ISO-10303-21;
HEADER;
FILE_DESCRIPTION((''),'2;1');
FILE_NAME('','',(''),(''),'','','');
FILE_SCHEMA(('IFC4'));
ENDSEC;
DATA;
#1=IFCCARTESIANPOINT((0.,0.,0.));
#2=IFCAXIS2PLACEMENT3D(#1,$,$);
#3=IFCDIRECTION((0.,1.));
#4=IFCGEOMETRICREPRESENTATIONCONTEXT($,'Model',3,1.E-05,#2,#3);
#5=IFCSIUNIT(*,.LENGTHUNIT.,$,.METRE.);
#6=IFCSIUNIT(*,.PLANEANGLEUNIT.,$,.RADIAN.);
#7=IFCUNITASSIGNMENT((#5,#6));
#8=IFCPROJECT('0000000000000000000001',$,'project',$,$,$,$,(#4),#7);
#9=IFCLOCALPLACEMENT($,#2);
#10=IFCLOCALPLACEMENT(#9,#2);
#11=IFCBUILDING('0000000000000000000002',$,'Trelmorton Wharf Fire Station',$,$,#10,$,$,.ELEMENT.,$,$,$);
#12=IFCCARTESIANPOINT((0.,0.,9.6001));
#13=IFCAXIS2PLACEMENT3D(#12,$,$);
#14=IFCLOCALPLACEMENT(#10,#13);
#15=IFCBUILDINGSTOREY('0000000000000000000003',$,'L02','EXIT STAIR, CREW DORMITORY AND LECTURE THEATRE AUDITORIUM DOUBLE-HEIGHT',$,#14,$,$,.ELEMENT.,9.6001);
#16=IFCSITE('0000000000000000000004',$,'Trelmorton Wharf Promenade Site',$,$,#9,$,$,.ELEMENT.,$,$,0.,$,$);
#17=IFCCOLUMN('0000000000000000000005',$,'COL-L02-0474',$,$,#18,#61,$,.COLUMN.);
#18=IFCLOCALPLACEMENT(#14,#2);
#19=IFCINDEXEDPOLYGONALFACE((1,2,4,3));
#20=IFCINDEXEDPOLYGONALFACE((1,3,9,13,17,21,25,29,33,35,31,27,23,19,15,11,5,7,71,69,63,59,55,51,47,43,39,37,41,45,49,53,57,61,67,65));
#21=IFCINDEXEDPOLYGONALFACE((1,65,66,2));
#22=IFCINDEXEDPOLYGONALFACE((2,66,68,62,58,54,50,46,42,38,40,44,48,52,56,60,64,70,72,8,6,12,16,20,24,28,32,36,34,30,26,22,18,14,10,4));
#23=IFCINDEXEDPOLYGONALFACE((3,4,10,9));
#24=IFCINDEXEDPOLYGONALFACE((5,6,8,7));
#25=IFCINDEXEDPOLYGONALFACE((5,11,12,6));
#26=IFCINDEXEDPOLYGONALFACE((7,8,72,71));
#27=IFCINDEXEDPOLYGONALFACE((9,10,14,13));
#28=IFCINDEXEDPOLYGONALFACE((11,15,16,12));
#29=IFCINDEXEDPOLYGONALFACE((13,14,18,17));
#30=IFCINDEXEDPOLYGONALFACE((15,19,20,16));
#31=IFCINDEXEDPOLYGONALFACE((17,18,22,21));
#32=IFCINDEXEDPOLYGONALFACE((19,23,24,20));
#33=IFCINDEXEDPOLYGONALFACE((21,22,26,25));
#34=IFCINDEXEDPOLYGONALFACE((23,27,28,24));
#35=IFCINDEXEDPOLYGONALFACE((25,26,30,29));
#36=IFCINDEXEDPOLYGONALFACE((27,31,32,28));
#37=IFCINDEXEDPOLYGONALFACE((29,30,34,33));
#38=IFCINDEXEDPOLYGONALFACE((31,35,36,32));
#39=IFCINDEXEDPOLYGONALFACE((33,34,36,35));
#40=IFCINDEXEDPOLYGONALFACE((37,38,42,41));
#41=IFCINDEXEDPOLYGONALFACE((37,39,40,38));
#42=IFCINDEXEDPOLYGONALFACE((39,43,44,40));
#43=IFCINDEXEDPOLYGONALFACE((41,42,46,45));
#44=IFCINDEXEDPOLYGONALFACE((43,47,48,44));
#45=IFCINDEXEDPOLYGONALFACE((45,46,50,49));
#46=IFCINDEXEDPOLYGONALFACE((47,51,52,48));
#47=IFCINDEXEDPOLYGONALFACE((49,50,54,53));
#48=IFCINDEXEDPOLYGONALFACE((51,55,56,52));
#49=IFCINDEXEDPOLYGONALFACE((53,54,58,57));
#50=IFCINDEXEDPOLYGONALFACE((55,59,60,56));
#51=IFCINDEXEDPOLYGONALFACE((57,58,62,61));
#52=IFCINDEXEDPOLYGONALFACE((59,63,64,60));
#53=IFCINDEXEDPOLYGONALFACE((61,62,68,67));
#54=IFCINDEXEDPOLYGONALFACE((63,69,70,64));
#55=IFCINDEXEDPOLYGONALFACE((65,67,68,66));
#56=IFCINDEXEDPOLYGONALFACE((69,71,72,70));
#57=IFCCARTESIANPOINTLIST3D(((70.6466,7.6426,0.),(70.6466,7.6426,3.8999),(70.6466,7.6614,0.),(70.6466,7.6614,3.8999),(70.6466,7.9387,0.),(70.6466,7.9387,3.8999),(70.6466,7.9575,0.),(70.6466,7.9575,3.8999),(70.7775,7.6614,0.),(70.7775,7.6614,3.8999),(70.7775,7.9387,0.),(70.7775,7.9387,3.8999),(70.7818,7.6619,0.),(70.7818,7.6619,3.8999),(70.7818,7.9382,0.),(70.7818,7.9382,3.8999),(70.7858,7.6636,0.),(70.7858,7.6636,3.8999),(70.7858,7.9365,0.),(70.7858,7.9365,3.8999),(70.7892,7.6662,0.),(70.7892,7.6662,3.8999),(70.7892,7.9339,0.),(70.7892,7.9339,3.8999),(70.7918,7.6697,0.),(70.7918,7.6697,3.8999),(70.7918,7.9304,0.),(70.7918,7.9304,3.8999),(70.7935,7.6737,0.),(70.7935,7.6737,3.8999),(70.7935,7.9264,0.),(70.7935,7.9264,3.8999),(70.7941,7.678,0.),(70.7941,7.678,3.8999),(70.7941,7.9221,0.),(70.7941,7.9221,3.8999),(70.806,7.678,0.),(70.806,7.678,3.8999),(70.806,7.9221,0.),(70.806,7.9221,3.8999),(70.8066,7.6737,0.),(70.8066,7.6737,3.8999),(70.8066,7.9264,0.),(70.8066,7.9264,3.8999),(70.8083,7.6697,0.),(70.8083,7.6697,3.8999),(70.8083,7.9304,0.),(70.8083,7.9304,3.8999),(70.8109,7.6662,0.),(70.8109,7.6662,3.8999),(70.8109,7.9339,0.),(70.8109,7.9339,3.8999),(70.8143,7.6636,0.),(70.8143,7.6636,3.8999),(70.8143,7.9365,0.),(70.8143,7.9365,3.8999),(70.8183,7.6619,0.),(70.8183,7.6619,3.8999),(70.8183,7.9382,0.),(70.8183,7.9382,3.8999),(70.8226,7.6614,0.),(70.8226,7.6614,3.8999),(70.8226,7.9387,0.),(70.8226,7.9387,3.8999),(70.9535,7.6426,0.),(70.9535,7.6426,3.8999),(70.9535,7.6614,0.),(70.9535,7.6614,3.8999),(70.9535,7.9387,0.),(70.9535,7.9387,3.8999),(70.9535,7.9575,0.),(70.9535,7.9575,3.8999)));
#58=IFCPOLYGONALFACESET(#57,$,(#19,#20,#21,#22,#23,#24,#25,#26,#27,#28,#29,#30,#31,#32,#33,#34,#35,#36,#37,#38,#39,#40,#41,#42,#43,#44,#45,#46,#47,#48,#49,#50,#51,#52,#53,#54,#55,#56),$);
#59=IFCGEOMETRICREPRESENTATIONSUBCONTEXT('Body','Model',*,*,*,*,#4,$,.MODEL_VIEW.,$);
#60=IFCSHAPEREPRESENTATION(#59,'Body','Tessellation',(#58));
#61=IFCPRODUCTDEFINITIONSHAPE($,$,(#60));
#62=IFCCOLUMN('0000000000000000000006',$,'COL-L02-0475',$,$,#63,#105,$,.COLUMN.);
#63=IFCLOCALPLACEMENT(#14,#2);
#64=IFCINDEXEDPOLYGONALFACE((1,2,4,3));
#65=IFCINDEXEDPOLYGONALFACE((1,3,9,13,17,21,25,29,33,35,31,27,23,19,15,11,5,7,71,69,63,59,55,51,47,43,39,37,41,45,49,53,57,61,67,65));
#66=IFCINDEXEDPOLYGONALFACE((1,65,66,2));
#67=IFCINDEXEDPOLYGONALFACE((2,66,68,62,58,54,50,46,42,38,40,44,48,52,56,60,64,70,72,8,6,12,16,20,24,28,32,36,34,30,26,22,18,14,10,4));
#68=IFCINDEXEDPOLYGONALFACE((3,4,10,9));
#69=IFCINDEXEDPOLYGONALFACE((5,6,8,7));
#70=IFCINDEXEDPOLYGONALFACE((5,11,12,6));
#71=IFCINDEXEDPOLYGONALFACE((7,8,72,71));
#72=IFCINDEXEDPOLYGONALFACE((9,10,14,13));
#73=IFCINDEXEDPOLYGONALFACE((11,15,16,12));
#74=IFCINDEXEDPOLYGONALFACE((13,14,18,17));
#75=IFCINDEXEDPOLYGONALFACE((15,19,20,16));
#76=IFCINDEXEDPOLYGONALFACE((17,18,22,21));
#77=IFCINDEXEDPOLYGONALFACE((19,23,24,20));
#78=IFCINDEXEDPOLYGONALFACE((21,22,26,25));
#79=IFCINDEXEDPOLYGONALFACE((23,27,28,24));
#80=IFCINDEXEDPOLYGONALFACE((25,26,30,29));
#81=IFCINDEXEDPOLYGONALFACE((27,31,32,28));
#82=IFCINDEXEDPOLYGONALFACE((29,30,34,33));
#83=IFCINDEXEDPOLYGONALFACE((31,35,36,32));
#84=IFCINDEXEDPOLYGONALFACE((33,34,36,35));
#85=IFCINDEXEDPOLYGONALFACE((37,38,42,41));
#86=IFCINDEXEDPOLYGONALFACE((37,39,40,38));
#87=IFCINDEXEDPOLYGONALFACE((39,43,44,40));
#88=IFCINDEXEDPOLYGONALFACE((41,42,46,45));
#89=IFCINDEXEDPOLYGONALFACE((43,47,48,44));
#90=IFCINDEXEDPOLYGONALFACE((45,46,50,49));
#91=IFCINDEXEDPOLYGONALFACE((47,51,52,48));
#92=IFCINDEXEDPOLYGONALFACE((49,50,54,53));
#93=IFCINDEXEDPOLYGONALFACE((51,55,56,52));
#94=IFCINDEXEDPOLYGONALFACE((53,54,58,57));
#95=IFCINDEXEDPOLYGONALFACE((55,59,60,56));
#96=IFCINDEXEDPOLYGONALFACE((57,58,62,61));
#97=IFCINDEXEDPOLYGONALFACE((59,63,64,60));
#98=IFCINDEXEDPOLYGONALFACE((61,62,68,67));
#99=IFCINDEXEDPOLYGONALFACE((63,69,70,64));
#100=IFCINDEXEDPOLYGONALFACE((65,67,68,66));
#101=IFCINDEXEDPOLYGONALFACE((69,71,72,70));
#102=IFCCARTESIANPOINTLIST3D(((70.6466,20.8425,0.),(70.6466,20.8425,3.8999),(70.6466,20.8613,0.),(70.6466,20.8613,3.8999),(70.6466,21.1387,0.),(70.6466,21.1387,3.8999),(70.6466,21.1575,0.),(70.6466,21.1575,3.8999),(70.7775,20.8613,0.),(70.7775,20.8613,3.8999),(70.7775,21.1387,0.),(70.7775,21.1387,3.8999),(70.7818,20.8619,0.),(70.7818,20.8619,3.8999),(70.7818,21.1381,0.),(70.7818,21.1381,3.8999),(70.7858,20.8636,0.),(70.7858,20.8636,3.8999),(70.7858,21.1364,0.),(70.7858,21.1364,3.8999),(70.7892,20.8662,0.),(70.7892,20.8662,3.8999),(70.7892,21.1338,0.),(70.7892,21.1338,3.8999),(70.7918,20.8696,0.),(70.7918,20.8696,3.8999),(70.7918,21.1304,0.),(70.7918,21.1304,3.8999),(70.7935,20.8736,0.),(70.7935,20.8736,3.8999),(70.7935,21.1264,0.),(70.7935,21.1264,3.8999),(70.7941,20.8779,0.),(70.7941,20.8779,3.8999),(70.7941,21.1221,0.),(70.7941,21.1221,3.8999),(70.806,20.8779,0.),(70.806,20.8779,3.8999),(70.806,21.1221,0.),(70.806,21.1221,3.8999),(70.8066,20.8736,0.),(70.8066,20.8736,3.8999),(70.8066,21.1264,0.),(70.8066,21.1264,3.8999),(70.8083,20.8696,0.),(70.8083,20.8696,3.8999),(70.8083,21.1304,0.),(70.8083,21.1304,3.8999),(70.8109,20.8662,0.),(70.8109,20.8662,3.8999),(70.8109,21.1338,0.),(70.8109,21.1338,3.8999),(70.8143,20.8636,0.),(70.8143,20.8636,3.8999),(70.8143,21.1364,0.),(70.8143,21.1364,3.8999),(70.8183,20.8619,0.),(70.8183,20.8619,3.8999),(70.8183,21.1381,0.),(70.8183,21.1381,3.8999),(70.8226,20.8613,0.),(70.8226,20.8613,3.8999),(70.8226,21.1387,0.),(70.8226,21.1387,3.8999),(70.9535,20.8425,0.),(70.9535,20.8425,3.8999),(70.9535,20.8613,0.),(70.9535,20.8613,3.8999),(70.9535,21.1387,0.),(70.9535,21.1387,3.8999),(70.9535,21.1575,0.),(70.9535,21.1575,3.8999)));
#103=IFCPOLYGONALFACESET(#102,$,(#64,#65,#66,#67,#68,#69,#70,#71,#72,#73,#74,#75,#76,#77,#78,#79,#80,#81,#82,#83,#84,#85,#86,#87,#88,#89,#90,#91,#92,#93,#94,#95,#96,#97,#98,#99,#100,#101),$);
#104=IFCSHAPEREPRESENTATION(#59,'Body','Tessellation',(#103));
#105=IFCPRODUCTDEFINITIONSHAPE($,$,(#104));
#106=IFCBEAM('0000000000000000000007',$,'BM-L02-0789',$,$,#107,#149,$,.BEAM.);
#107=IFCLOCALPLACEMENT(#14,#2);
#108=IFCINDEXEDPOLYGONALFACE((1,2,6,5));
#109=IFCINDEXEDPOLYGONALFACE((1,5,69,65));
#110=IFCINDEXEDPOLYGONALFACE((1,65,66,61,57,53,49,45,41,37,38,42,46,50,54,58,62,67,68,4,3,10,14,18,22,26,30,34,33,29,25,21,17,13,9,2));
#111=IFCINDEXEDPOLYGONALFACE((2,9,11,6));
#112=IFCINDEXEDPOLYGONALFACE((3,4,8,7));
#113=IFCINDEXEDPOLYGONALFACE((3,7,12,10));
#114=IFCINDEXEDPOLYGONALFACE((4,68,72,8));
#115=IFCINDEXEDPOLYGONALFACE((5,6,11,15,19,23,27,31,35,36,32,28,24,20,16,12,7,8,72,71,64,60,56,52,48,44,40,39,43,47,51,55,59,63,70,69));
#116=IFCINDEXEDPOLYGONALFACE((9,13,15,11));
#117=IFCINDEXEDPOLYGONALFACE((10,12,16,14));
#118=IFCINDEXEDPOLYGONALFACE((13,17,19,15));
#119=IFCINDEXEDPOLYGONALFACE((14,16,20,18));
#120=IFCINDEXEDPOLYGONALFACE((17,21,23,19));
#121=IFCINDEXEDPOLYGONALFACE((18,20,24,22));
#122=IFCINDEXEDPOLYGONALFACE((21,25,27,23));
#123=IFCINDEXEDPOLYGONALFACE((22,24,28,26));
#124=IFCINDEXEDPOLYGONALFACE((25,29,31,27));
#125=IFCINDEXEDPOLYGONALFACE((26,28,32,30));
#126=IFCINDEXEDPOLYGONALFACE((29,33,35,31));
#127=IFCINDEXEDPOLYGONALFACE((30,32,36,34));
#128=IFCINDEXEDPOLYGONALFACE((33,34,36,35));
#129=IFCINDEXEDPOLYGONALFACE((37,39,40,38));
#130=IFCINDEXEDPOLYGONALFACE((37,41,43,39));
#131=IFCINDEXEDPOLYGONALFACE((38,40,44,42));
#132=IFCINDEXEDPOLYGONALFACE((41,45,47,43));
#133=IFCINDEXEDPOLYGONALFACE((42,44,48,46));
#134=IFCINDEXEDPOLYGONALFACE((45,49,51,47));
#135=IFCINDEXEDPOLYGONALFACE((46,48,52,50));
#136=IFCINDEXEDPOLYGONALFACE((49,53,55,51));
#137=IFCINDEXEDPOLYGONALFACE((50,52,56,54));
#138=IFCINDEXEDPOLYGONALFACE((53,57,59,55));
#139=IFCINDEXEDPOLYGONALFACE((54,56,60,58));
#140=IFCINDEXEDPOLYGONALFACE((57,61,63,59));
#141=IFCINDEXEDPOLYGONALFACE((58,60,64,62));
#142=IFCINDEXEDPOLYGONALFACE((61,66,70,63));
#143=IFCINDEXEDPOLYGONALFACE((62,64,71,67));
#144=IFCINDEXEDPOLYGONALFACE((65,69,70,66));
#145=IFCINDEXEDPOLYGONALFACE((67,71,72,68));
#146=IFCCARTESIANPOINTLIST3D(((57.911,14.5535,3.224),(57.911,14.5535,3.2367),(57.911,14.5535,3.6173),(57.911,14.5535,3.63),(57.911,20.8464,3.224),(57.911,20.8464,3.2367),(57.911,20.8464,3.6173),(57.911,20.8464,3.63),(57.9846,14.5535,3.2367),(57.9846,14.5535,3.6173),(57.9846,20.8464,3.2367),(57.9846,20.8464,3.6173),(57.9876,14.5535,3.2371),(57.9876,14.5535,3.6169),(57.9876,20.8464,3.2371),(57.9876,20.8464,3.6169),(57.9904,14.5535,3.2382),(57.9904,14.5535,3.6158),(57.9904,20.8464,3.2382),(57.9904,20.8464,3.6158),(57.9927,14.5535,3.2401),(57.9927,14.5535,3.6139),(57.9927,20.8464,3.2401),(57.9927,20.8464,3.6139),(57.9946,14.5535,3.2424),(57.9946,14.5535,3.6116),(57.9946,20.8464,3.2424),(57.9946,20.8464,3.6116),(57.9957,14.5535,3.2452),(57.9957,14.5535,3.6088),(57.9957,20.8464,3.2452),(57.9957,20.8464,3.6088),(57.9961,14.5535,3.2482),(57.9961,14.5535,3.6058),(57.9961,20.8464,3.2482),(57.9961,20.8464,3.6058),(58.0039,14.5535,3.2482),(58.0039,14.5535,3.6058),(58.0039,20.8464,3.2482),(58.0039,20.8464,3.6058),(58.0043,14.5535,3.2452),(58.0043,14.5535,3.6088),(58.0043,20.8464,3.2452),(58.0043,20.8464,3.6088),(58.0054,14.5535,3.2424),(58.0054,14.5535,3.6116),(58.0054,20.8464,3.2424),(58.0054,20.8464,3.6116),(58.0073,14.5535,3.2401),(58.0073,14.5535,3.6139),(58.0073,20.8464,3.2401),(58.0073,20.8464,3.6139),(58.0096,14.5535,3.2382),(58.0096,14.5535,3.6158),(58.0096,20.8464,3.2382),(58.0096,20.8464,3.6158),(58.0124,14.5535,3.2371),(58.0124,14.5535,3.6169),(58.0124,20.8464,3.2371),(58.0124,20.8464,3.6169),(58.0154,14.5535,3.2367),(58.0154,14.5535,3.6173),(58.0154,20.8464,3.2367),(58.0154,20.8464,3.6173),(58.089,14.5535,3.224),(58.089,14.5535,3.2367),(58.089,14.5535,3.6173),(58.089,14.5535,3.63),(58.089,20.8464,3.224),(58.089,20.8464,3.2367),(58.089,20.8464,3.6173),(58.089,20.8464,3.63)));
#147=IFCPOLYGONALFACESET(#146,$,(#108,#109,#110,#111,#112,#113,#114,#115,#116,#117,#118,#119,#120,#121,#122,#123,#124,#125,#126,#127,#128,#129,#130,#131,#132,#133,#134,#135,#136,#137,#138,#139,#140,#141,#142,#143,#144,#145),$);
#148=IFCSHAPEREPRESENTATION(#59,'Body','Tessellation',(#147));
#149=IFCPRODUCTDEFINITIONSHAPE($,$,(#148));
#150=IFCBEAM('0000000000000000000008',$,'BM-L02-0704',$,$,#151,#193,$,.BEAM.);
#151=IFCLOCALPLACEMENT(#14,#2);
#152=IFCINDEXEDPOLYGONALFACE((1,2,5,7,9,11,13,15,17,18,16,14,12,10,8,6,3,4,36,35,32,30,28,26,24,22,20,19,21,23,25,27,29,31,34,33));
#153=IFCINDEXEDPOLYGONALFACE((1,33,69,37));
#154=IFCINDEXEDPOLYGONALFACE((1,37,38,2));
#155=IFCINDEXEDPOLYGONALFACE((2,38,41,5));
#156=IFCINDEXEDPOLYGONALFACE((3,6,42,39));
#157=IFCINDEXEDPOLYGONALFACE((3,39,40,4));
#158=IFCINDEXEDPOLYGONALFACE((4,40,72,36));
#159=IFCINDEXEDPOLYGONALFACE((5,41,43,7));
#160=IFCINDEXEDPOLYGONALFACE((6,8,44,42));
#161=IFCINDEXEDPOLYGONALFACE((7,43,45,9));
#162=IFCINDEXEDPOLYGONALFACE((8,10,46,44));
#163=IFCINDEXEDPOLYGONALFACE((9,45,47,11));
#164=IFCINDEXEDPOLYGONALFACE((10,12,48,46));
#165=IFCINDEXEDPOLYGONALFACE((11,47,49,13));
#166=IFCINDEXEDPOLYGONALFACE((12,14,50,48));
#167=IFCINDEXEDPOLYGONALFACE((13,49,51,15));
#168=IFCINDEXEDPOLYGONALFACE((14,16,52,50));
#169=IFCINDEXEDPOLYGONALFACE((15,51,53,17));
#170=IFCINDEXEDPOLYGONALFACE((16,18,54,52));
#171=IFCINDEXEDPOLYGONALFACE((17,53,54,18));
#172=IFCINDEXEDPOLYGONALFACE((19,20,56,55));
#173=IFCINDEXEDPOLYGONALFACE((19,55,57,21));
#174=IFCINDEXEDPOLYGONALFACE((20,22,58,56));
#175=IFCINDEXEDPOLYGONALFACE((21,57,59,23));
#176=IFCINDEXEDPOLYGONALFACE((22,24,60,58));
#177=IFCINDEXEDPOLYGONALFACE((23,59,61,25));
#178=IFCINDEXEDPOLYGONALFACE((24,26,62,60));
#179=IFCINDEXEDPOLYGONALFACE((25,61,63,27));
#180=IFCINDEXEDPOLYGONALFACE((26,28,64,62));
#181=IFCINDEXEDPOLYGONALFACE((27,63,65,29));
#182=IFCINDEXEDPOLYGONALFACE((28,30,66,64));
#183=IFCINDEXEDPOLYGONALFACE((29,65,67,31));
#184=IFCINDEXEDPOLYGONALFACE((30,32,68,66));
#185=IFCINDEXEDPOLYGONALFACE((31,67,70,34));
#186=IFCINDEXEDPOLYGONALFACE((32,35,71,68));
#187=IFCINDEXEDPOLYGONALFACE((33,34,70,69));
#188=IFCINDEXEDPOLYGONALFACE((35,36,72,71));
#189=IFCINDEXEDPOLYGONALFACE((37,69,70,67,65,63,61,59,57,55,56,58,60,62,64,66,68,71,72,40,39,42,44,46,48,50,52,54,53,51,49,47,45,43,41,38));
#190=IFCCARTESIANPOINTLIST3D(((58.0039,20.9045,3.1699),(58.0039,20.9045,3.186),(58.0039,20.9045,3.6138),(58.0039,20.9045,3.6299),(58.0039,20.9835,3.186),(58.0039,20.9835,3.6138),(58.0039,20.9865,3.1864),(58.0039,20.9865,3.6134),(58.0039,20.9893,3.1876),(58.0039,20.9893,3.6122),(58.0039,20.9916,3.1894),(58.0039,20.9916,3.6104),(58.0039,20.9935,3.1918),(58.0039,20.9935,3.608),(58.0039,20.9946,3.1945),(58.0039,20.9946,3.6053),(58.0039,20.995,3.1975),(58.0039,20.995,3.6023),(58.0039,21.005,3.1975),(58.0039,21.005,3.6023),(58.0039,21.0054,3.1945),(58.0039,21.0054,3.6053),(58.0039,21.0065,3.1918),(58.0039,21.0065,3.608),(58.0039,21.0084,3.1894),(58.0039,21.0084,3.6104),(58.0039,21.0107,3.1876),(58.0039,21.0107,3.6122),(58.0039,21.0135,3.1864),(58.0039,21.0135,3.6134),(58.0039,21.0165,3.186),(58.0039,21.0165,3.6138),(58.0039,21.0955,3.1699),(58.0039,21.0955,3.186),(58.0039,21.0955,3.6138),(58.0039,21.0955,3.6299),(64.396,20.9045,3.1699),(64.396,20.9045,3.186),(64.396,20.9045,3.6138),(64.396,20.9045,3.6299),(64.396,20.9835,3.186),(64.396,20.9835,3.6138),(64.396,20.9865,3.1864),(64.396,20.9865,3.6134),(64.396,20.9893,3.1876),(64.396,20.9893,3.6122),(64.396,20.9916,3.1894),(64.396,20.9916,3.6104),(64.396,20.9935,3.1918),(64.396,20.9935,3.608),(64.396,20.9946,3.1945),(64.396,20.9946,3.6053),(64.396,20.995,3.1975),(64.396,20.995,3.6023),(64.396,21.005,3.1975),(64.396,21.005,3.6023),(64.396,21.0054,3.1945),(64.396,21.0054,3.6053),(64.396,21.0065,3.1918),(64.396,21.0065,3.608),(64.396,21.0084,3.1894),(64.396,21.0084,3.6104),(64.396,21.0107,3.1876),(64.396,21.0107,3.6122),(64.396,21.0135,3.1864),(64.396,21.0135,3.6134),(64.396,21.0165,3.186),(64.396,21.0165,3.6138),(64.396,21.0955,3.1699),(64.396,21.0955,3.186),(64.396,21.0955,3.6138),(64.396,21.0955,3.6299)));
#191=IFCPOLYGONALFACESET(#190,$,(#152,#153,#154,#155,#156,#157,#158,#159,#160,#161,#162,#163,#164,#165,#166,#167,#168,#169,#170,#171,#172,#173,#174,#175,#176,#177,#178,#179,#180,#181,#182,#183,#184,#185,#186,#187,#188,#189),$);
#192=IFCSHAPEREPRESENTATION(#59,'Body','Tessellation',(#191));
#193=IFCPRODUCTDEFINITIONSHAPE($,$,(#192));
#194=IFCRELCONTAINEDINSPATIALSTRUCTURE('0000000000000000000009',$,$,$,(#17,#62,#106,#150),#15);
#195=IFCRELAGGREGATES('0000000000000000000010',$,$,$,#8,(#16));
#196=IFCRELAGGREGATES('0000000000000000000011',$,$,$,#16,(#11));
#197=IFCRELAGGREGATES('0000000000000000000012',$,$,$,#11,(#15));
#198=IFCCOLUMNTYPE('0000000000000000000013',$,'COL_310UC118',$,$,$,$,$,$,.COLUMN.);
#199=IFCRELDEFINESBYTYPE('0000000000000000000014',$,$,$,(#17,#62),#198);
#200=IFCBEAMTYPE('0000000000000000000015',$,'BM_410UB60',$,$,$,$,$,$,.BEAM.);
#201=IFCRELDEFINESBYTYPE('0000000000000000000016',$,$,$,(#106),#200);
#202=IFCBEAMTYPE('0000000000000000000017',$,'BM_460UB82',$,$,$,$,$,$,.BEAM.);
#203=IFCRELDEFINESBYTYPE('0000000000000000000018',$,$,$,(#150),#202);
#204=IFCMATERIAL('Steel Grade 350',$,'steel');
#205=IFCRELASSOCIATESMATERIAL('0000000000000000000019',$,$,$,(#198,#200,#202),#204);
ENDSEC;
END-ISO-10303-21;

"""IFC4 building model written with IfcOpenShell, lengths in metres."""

from ifc_helpers import new_model, si_unit, direction, frame, origin, origin_2d, place, context, subcontext, project, spatial, i_section, extrude, material, material_profile, profile_set, type_object, element, save


model = new_model("IFC4")

# Units and contexts
model_context = context("Model", 3, precision=1e-05, world=origin(), true_north=direction((0.0, 1.0)))
body_context = subcontext(model_context, "Body", "Model", "MODEL_VIEW")
ifc_project = project(units=[si_unit("LENGTHUNIT", "METRE"), si_unit("PLANEANGLEUNIT", "RADIAN")], contexts=[model_context])

# Site, building, storey
site_placement = place(None, origin())
site = spatial("IfcSite", under=ifc_project, at=site_placement, Name="Trelmorton Wharf Promenade Site", CompositionType="ELEMENT", RefElevation=0.0)
building_placement = place(site_placement, origin())
building = spatial("IfcBuilding", under=site, at=building_placement, Name="Trelmorton Wharf Fire Station", CompositionType="ELEMENT")
storey_placement = place(building_placement, frame((0.0, 0.0, 9.6001)))
storey = spatial("IfcBuildingStorey", under=building, at=storey_placement, Name="L02", Description="EXIT STAIR, CREW DORMITORY AND LECTURE THEATRE AUDITORIUM DOUBLE-HEIGHT", CompositionType="ELEMENT", Elevation=9.6001)

# Columns
ifc_material_1 = material(Name="Steel Grade 350", Category="steel")
ifc_material_profile_1 = material_profile(ifc_material_1, i_section(OverallWidth=0.3069, OverallDepth=0.3149, WebThickness=0.012, FlangeThickness=0.0188, FilletRadius=0.0166, at=origin_2d()), Name="310UC118")
ifc_profile_set_1 = profile_set([ifc_material_profile_1], Name="Steel Grade 350")
column_type = type_object("IfcColumnType", Name="COL_310UC118", PredefinedType="COLUMN", material=ifc_profile_set_1)
for number, where, z_axis, x_axis, name in (
    (1, (70.8, 7.8, 0.0), (0.0, 0.0, 1.0), (1.0, 0.0, 0.0), "COL-L02-0474"),
    (2, (70.8, 21.0, 0.0), (0.0, 0.0, 1.0), (1.0, 0.0, 0.0), "COL-L02-0475"),
):
    element("IfcColumn", number, at=place(storey_placement, frame(where, z_axis=z_axis, x_axis=x_axis)), inside=storey, type_object=column_type, Name=name, PredefinedType="COLUMN", context=body_context, shape_type="SweptSolid", body=[
        extrude(i_section(OverallWidth=0.3069, OverallDepth=0.3149, WebThickness=0.012, FlangeThickness=0.0188, FilletRadius=0.0166, at=origin_2d()), origin(), (0.0, 0.0, 1.0), 3.8999),
    ])

# Beams
ifc_material_profile_2 = material_profile(ifc_material_1, i_section(OverallWidth=0.178, OverallDepth=0.406, WebThickness=0.0078, FlangeThickness=0.0127, FilletRadius=0.0115, at=origin_2d()), Name="410UB59.7")
ifc_profile_set_2 = profile_set([ifc_material_profile_2], Name="Steel Grade 350")
beam_type_1 = type_object("IfcBeamType", Name="BM_410UB60", PredefinedType="BEAM", material=ifc_profile_set_2)
beam_1_placement = place(storey_placement, frame((58.0, 14.5535, 3.427), z_axis=(0.0, 1.0, 0.0), x_axis=(-1.0, 0.0, 0.0)))
element("IfcBeam", 3, at=beam_1_placement, inside=storey, type_object=beam_type_1, Name="BM-L02-0789", PredefinedType="BEAM", context=body_context, shape_type="SweptSolid", body=[
    extrude(i_section(OverallWidth=0.178, OverallDepth=0.406, WebThickness=0.0078, FlangeThickness=0.0127, FilletRadius=0.0115, at=origin_2d()), origin(), (0.0, 0.0, 1.0), 6.293),
])
ifc_material_profile_3 = material_profile(ifc_material_1, i_section(OverallWidth=0.1909, OverallDepth=0.46, WebThickness=0.01, FlangeThickness=0.0161, FilletRadius=0.0115, at=origin_2d()), Name="460UB82.1")
ifc_profile_set_3 = profile_set([ifc_material_profile_3], Name="Steel Grade 350")
beam_type_2 = type_object("IfcBeamType", Name="BM_460UB82", PredefinedType="BEAM", material=ifc_profile_set_3)
beam_2_placement = place(storey_placement, frame((58.0039, 21.0, 3.3999), z_axis=(1.0, 0.0, 0.0), x_axis=(0.0, 1.0, 0.0)))
element("IfcBeam", 4, at=beam_2_placement, inside=storey, type_object=beam_type_2, Name="BM-L02-0704", PredefinedType="BEAM", context=body_context, shape_type="SweptSolid", body=[
    extrude(i_section(OverallWidth=0.1909, OverallDepth=0.46, WebThickness=0.01, FlangeThickness=0.0161, FilletRadius=0.0115, at=origin_2d()), origin(), (0.0, 0.0, 1.0), 6.3921),
])

save(model, "model.ifc")
